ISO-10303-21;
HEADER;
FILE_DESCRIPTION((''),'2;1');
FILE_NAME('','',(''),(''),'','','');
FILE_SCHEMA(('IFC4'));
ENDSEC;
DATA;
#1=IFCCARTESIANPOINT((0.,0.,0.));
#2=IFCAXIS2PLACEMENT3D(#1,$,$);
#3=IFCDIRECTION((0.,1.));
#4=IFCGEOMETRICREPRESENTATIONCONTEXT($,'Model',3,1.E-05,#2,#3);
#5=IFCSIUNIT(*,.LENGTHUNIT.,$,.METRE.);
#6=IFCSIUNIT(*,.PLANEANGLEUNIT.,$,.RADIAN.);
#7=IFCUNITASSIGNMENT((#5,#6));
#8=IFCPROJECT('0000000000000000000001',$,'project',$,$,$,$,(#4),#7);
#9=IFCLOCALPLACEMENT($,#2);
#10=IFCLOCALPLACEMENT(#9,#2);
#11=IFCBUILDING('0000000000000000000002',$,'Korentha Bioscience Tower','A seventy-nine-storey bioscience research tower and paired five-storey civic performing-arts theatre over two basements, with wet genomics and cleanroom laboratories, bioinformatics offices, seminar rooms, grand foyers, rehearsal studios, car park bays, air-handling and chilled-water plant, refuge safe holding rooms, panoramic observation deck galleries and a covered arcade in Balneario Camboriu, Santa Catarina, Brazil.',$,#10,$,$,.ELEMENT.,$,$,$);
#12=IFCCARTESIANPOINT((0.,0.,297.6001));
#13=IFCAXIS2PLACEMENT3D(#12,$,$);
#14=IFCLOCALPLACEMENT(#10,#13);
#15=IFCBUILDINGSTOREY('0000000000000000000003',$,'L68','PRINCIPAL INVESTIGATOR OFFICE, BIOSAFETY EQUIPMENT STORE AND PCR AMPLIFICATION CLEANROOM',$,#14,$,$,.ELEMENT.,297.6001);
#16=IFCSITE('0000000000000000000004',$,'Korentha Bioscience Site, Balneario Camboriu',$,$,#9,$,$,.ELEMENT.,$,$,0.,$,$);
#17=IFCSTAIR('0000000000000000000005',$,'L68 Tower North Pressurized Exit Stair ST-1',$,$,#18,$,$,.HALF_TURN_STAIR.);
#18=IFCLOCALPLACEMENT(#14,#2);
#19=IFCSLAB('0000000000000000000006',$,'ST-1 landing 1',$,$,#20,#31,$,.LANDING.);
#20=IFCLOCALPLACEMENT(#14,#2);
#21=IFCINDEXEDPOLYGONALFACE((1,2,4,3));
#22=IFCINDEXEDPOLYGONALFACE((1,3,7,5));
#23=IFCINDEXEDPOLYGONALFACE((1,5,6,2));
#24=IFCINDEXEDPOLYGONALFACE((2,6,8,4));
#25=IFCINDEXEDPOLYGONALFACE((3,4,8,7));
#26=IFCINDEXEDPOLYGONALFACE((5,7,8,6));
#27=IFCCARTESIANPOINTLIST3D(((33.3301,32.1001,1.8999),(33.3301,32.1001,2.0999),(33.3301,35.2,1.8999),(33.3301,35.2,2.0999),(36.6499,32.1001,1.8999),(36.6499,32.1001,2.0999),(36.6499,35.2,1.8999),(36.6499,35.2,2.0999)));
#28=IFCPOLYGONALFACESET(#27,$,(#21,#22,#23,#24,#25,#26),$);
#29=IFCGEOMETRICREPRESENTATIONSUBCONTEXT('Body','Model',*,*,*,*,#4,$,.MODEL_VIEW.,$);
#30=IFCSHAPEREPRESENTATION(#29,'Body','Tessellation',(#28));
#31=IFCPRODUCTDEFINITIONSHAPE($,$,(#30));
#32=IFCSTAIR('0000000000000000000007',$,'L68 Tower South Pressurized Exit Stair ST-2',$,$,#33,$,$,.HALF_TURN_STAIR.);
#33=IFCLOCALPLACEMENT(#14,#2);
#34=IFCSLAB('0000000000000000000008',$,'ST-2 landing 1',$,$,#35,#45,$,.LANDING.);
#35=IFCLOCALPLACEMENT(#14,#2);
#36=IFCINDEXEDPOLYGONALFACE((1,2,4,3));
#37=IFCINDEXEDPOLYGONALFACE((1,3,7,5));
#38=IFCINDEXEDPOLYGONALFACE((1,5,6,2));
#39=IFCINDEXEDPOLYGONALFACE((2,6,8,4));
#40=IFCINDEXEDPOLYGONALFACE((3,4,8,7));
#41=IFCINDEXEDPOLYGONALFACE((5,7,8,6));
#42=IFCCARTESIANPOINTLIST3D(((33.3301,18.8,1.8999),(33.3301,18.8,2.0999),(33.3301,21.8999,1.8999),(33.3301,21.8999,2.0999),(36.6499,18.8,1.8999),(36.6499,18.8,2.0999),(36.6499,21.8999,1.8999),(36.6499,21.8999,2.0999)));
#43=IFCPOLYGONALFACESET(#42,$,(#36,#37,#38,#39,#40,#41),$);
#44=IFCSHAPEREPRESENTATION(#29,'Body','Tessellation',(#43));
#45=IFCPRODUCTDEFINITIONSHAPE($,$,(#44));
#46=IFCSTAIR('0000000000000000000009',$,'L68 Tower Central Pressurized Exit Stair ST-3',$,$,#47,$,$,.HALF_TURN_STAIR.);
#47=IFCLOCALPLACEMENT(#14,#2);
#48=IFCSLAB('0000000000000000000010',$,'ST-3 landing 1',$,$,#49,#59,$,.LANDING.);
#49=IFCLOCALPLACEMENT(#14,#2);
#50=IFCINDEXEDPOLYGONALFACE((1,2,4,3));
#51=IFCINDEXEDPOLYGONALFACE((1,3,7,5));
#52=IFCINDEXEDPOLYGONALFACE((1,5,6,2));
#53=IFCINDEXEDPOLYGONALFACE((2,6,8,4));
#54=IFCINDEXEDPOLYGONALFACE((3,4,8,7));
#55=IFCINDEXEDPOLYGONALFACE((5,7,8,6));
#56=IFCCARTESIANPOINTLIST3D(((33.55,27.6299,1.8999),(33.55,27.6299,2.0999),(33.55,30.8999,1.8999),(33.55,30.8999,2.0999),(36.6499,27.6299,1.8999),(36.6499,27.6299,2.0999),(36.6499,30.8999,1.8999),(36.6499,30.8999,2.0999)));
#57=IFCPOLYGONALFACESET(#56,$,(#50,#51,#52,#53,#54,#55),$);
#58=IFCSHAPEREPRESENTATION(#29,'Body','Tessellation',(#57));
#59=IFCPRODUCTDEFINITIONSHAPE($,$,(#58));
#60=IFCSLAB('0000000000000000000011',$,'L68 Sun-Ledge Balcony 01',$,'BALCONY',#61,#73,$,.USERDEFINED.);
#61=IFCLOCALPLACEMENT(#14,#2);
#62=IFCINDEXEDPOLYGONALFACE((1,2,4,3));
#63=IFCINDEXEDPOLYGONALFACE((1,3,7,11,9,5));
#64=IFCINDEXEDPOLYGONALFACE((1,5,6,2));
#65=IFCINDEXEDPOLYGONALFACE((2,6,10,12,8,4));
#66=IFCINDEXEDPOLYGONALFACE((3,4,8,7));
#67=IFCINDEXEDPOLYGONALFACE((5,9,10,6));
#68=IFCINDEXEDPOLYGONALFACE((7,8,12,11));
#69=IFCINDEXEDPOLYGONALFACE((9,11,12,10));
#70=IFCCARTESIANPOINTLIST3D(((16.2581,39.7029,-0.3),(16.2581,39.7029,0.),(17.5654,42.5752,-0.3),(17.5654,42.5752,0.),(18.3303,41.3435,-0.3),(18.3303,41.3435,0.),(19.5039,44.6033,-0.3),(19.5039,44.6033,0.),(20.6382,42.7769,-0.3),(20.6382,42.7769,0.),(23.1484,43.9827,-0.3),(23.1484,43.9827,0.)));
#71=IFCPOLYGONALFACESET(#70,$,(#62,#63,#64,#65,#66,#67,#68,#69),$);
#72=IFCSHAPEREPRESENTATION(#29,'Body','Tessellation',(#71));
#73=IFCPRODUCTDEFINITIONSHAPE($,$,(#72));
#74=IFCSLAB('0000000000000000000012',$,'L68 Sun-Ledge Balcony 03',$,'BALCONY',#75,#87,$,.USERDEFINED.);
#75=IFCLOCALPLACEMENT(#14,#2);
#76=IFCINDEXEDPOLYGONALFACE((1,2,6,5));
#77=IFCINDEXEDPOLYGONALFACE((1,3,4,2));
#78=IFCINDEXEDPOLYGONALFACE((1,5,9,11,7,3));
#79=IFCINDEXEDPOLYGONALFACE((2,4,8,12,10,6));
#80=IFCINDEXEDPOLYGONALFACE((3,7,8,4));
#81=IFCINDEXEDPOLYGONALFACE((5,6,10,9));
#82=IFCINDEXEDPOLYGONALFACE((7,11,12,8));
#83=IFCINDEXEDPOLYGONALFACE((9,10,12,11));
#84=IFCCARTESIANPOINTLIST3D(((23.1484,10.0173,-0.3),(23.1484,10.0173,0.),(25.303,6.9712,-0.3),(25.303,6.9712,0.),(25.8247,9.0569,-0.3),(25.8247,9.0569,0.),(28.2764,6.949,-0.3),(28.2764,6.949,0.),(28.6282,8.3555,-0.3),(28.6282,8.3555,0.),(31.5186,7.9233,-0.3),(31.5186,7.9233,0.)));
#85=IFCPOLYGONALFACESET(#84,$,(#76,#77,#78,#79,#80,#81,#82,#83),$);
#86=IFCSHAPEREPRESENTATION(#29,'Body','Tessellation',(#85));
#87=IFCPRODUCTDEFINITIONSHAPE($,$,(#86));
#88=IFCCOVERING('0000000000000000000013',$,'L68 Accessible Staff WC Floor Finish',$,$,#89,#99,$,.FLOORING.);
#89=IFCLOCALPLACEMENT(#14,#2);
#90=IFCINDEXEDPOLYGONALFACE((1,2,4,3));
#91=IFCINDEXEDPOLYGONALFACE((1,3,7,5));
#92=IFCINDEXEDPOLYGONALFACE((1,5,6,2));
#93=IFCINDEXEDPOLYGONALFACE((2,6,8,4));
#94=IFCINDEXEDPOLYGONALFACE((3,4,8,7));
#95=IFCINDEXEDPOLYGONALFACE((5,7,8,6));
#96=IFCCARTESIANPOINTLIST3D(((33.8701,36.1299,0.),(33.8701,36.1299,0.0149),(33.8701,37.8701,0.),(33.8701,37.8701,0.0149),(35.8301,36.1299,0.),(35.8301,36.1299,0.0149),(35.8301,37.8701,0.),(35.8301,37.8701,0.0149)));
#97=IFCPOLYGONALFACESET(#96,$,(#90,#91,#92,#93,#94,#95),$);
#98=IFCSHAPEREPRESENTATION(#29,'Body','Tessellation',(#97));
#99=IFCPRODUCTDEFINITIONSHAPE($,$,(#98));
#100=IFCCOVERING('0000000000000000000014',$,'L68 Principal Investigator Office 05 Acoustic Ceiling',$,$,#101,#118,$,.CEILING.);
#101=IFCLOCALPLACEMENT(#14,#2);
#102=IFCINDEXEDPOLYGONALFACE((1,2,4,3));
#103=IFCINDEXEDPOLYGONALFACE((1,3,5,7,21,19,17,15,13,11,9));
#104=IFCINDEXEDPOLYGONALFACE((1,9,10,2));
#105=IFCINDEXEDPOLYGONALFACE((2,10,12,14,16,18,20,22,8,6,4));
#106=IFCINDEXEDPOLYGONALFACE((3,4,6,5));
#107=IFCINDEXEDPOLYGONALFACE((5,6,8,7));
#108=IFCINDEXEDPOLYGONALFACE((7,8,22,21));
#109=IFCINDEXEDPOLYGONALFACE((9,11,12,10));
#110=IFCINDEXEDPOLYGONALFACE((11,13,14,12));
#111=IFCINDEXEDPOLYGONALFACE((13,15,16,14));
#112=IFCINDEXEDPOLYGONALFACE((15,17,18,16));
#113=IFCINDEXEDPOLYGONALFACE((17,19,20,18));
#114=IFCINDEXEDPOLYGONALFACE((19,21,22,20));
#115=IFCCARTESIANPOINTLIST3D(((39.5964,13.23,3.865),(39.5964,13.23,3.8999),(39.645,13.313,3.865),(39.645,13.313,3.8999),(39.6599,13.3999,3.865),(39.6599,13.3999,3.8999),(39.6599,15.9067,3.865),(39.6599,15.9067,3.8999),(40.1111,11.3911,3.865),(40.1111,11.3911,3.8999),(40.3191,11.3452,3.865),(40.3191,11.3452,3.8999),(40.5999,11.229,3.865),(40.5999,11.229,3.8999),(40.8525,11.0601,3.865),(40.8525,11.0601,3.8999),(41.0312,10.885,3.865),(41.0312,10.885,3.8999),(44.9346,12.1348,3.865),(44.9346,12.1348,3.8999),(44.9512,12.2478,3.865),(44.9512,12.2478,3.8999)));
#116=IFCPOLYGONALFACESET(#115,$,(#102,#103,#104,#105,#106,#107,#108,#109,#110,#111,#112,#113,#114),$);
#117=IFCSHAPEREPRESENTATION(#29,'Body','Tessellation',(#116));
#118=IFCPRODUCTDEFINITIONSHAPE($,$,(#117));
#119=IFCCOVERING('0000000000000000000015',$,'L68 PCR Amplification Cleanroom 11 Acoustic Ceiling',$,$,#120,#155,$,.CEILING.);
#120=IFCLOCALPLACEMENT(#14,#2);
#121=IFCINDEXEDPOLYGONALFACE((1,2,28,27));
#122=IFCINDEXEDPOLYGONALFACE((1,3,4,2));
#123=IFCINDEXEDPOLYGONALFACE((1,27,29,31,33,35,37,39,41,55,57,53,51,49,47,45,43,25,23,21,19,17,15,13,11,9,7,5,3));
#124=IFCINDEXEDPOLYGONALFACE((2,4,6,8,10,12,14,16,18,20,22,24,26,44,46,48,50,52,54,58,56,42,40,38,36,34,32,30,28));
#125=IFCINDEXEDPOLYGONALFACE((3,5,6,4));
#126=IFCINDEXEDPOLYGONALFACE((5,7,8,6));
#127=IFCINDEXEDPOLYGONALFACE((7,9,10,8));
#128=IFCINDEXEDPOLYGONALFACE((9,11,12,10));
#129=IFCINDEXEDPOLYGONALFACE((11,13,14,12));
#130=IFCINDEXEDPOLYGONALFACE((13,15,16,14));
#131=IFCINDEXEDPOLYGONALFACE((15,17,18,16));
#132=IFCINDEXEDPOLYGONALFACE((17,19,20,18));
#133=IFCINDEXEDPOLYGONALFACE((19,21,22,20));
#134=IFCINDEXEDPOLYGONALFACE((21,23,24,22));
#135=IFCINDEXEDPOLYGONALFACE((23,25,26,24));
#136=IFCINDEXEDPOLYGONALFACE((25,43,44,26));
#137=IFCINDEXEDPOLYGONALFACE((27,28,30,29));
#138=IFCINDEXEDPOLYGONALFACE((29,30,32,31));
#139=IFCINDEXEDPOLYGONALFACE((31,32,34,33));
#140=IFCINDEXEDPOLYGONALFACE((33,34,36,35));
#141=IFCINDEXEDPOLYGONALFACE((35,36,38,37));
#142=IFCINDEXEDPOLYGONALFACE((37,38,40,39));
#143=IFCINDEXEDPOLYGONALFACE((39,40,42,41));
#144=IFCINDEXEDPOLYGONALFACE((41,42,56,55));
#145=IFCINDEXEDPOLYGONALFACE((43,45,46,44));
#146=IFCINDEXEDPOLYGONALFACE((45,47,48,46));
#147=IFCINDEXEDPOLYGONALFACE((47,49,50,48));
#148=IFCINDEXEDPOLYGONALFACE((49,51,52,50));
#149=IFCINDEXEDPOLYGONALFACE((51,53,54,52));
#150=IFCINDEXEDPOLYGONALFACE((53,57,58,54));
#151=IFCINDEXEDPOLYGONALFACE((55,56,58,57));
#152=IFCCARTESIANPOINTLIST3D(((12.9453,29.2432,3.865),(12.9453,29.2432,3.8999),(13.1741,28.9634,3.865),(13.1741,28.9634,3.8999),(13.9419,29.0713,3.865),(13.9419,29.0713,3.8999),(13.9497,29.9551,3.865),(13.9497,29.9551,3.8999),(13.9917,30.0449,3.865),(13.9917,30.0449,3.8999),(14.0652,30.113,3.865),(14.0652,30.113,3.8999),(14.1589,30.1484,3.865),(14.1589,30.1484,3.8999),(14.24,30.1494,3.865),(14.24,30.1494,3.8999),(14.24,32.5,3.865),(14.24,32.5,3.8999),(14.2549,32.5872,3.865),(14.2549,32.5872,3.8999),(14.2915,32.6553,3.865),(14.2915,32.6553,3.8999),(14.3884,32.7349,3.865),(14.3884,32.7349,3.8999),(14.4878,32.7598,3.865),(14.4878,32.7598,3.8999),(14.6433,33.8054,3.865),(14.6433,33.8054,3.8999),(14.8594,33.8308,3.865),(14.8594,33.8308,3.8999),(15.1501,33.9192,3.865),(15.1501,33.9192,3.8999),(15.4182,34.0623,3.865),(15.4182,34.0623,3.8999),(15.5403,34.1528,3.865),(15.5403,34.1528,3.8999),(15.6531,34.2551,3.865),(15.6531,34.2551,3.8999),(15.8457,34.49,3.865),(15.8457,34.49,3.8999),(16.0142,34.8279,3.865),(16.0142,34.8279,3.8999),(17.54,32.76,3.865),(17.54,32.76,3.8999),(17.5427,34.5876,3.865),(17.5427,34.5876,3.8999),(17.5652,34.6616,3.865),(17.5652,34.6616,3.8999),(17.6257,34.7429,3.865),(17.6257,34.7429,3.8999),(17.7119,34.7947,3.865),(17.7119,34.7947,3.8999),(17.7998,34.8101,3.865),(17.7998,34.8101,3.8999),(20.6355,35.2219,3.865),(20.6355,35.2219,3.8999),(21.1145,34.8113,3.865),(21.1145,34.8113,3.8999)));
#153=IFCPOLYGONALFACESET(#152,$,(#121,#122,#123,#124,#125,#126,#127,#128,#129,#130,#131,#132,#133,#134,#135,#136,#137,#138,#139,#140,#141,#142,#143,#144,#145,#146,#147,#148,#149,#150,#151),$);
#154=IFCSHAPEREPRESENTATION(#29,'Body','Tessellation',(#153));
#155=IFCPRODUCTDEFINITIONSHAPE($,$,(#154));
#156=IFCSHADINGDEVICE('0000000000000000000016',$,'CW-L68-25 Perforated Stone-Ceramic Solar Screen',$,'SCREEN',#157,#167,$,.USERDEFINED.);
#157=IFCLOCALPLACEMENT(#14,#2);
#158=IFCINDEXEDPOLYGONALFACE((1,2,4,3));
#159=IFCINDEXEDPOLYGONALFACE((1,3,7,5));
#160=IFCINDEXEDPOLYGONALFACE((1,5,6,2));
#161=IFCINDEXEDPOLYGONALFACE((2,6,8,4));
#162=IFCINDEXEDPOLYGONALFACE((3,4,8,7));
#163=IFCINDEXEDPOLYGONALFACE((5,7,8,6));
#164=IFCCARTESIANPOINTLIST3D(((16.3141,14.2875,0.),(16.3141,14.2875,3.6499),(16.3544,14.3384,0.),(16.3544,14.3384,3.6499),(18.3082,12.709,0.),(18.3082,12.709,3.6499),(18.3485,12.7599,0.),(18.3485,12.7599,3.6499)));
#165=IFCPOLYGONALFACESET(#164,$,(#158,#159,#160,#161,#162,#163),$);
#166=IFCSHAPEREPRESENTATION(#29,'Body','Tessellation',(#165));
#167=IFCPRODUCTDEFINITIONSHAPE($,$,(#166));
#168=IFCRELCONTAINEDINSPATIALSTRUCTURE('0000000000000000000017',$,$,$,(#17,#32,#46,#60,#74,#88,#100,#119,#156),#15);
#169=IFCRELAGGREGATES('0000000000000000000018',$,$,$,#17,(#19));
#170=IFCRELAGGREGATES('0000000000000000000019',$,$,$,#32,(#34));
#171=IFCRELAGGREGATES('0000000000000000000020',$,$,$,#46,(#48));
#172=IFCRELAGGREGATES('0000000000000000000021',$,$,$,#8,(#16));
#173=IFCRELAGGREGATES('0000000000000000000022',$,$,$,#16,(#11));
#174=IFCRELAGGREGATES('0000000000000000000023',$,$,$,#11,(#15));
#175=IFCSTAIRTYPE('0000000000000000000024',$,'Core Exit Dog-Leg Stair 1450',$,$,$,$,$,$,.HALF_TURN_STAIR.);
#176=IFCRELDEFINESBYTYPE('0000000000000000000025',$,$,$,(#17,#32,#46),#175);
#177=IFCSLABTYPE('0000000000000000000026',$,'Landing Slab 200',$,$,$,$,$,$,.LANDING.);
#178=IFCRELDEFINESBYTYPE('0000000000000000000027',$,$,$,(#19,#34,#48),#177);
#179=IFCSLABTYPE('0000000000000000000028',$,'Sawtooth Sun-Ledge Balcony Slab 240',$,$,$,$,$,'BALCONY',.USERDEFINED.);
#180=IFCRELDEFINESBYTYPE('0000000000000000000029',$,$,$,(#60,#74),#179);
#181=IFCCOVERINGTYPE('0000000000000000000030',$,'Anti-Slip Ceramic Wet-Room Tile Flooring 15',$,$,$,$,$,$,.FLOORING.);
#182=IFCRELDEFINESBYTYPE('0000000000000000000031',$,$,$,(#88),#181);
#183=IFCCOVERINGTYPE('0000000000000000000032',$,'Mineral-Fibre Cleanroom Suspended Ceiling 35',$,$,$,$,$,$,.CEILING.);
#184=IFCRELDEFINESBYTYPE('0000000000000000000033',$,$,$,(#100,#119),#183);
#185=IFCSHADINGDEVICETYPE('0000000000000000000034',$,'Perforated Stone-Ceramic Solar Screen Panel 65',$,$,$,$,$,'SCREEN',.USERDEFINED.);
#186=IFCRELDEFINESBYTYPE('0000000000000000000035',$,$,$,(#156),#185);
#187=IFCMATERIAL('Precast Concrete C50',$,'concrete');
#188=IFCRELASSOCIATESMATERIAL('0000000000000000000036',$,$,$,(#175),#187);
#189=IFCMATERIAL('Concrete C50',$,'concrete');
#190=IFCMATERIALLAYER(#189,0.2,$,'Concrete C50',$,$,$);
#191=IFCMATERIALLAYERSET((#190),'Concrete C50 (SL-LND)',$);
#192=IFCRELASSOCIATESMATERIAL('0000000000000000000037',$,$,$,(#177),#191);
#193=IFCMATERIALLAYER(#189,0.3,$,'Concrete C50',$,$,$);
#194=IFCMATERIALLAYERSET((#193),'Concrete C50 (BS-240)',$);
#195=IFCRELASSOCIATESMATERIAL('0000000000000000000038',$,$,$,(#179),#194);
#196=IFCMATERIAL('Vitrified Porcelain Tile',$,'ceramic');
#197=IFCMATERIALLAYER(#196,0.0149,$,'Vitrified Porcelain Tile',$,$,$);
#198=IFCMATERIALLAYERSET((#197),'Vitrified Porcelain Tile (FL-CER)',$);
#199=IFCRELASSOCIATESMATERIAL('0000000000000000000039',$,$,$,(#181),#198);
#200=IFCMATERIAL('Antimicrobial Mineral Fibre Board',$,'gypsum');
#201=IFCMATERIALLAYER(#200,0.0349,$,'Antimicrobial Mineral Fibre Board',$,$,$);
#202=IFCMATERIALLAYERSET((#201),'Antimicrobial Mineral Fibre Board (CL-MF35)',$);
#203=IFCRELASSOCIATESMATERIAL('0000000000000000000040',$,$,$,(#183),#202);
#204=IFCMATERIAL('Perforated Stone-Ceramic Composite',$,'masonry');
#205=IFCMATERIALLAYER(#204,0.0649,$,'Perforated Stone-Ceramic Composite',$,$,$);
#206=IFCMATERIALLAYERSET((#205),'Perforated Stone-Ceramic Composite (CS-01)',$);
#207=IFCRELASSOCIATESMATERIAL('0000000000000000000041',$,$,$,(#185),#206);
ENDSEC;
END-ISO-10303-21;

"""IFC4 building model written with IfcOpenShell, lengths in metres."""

from ifc_helpers import new_model, si_unit, direction, frame, origin, origin_2d, place, context, subcontext, project, spatial, polyline, rectangle, outline, extrude, material, layer, layer_set, type_object, element, aggregate, save


model = new_model("IFC4")

# Units and contexts
model_context = context("Model", 3, precision=1e-05, world=origin(), true_north=direction((0.0, 1.0)))
body_context = subcontext(model_context, "Body", "Model", "MODEL_VIEW")
ifc_project = project(units=[si_unit("LENGTHUNIT", "METRE"), si_unit("PLANEANGLEUNIT", "RADIAN")], contexts=[model_context])

# Site, building, storey
site_placement = place(None, origin())
site = spatial("IfcSite", under=ifc_project, at=site_placement, Name="Korentha Bioscience Site, Balneario Camboriu", CompositionType="ELEMENT", RefElevation=0.0)
building_placement = place(site_placement, origin())
building = spatial("IfcBuilding", under=site, at=building_placement, Name="Korentha Bioscience Tower", Description="A seventy-nine-storey bioscience research tower and paired five-storey civic performing-arts theatre over two basements, with wet genomics and cleanroom laboratories, bioinformatics offices, seminar rooms, grand foyers, rehearsal studios, car park bays, air-handling and chilled-water plant, refuge safe holding rooms, panoramic observation deck galleries and a covered arcade in Balneario Camboriu, Santa Catarina, Brazil.", CompositionType="ELEMENT")
storey_placement = place(building_placement, frame((0.0, 0.0, 297.6001)))
storey = spatial("IfcBuildingStorey", under=building, at=storey_placement, Name="L68", Description="PRINCIPAL INVESTIGATOR OFFICE, BIOSAFETY EQUIPMENT STORE AND PCR AMPLIFICATION CLEANROOM", CompositionType="ELEMENT", Elevation=297.6001)

# Shared definitions
ifc_material_1 = material(Name="Concrete C50", Category="concrete")

# Stairs, slabs
ifc_material_2 = material(Name="Precast Concrete C50", Category="concrete")
stair_type = type_object("IfcStairType", Name="Core Exit Dog-Leg Stair 1450", PredefinedType="HALF_TURN_STAIR", material=ifc_material_2)
stair_1_placement = place(storey_placement, origin())
stair_1 = element("IfcStair", 1, at=stair_1_placement, inside=storey, type_object=stair_type, Name="L68 Tower North Pressurized Exit Stair ST-1", PredefinedType="HALF_TURN_STAIR")
ifc_layer_1 = layer(ifc_material_1, 0.2, Name="Concrete C50")
ifc_layer_set_1 = layer_set([ifc_layer_1], Name="Concrete C50 (SL-LND)")
slab_type_1 = type_object("IfcSlabType", Name="Landing Slab 200", PredefinedType="LANDING", material=ifc_layer_set_1)
slab_1_placement = place(storey_placement, frame((0.0, 0.0, 1.8999)))
slab_1 = element("IfcSlab", 2, at=slab_1_placement, type_object=slab_type_1, Name="ST-1 landing 1", PredefinedType="LANDING", context=body_context, shape_type="SweptSolid", body=[
    extrude(outline(polyline([(33.3301, 32.1001), (36.6499, 32.1001), (36.6499, 35.2), (33.3301, 35.2), (33.3301, 32.1001)])), origin(), (0.0, 0.0, 1.0), 0.2),
])
aggregate(stair_1, [slab_1])
stair_2_placement = place(storey_placement, origin())
stair_2 = element("IfcStair", 3, at=stair_2_placement, inside=storey, type_object=stair_type, Name="L68 Tower South Pressurized Exit Stair ST-2", PredefinedType="HALF_TURN_STAIR")
slab_2_placement = place(storey_placement, frame((0.0, 0.0, 1.8999)))
slab_2 = element("IfcSlab", 4, at=slab_2_placement, type_object=slab_type_1, Name="ST-2 landing 1", PredefinedType="LANDING", context=body_context, shape_type="SweptSolid", body=[
    extrude(outline(polyline([(33.3301, 18.8), (36.6499, 18.8), (36.6499, 21.8999), (33.3301, 21.8999), (33.3301, 18.8)])), origin(), (0.0, 0.0, 1.0), 0.2),
])
aggregate(stair_2, [slab_2])
stair_3_placement = place(storey_placement, origin())
stair_3 = element("IfcStair", 5, at=stair_3_placement, inside=storey, type_object=stair_type, Name="L68 Tower Central Pressurized Exit Stair ST-3", PredefinedType="HALF_TURN_STAIR")
slab_3_placement = place(storey_placement, frame((0.0, 0.0, 1.8999)))
slab_3 = element("IfcSlab", 6, at=slab_3_placement, type_object=slab_type_1, Name="ST-3 landing 1", PredefinedType="LANDING", context=body_context, shape_type="SweptSolid", body=[
    extrude(outline(polyline([(36.6499, 27.6299), (36.6499, 30.8999), (33.55, 30.8999), (33.55, 27.6299), (36.6499, 27.6299)])), origin(), (0.0, 0.0, 1.0), 0.2),
])
aggregate(stair_3, [slab_3])

# Slabs
ifc_layer_2 = layer(ifc_material_1, 0.3, Name="Concrete C50")
ifc_layer_set_2 = layer_set([ifc_layer_2], Name="Concrete C50 (BS-240)")
slab_type_2 = type_object("IfcSlabType", Name="Sawtooth Sun-Ledge Balcony Slab 240", ElementType="BALCONY", PredefinedType="USERDEFINED", material=ifc_layer_set_2)
slab_4_placement = place(storey_placement, frame((0.0, 0.0, -0.3)))
element("IfcSlab", 7, at=slab_4_placement, inside=storey, type_object=slab_type_2, Name="L68 Sun-Ledge Balcony 01", ObjectType="BALCONY", PredefinedType="USERDEFINED", context=body_context, shape_type="SweptSolid", body=[
    extrude(outline(polyline([(16.2581, 39.7029), (18.3303, 41.3435), (20.6382, 42.7769), (23.1484, 43.9827), (19.5039, 44.6033), (17.5654, 42.5752), (16.2581, 39.7029)])), origin(), (0.0, 0.0, 1.0), 0.3),
])
slab_5_placement = place(storey_placement, frame((0.0, 0.0, -0.3)))
element("IfcSlab", 8, at=slab_5_placement, inside=storey, type_object=slab_type_2, Name="L68 Sun-Ledge Balcony 03", ObjectType="BALCONY", PredefinedType="USERDEFINED", context=body_context, shape_type="SweptSolid", body=[
    extrude(outline(polyline([(31.5186, 7.9233), (28.6282, 8.3555), (25.8247, 9.0569), (23.1484, 10.0173), (25.303, 6.9712), (28.2764, 6.949), (31.5186, 7.9233)])), origin(), (0.0, 0.0, 1.0), 0.3),
])

# Coverings
ifc_material_3 = material(Name="Vitrified Porcelain Tile", Category="ceramic")
ifc_layer_3 = layer(ifc_material_3, 0.0149, Name="Vitrified Porcelain Tile")
ifc_layer_set_3 = layer_set([ifc_layer_3], Name="Vitrified Porcelain Tile (FL-CER)")
covering_type_1 = type_object("IfcCoveringType", Name="Anti-Slip Ceramic Wet-Room Tile Flooring 15", PredefinedType="FLOORING", material=ifc_layer_set_3)
covering_1_placement = place(storey_placement, origin())
element("IfcCovering", 9, at=covering_1_placement, inside=storey, type_object=covering_type_1, Name="L68 Accessible Staff WC Floor Finish", PredefinedType="FLOORING", context=body_context, shape_type="SweptSolid", body=[
    extrude(outline(polyline([(33.8701, 36.1299), (33.8701, 37.8701), (35.8301, 37.8701), (35.8301, 36.1299), (33.8701, 36.1299)])), origin(), (0.0, 0.0, 1.0), 0.0149),
])
ifc_material_4 = material(Name="Antimicrobial Mineral Fibre Board", Category="gypsum")
ifc_layer_4 = layer(ifc_material_4, 0.0349, Name="Antimicrobial Mineral Fibre Board")
ifc_layer_set_4 = layer_set([ifc_layer_4], Name="Antimicrobial Mineral Fibre Board (CL-MF35)")
covering_type_2 = type_object("IfcCoveringType", Name="Mineral-Fibre Cleanroom Suspended Ceiling 35", PredefinedType="CEILING", material=ifc_layer_set_4)
covering_2_placement = place(storey_placement, frame((0.0, 0.0, 3.865)))
element("IfcCovering", 10, at=covering_2_placement, inside=storey, type_object=covering_type_2, Name="L68 Principal Investigator Office 05 Acoustic Ceiling", PredefinedType="CEILING", context=body_context, shape_type="SweptSolid", body=[
    extrude(outline(polyline([(39.5964, 13.23), (39.645, 13.313), (39.6599, 13.3999), (39.6599, 15.9067), (44.9512, 12.2478), (44.9346, 12.1348), (41.0312, 10.885), (40.8525, 11.0601), (40.5999, 11.229), (40.3191, 11.3452), (40.1111, 11.3911), (39.5964, 13.23)])), origin(), (0.0, 0.0, 1.0), 0.0349),
])
covering_3_placement = place(storey_placement, frame((0.0, 0.0, 3.865)))
element("IfcCovering", 11, at=covering_3_placement, inside=storey, type_object=covering_type_2, Name="L68 PCR Amplification Cleanroom 11 Acoustic Ceiling", PredefinedType="CEILING", context=body_context, shape_type="SweptSolid", body=[
    extrude(outline(polyline([(17.7998, 34.8101), (17.7119, 34.7947), (17.6257, 34.7429), (17.5652, 34.6616), (17.5427, 34.5876), (17.54, 32.76), (14.4878, 32.7598), (14.3884, 32.7349), (14.2915, 32.6553), (14.2549, 32.5872), (14.24, 32.5), (14.24, 30.1494), (14.1589, 30.1484), (14.0652, 30.113), (13.9917, 30.0449), (13.9497, 29.9551), (13.9419, 29.0713), (13.1741, 28.9634), (12.9453, 29.2432), (14.6433, 33.8054), (14.8594, 33.8308), (15.1501, 33.9192), (15.4182, 34.0623), (15.5403, 34.1528), (15.6531, 34.2551), (15.8457, 34.49), (16.0142, 34.8279), (20.6355, 35.2219), (21.1145, 34.8113), (17.7998, 34.8101)])), origin(), (0.0, 0.0, 1.0), 0.0349),
])

# Shading device
ifc_material_5 = material(Name="Perforated Stone-Ceramic Composite", Category="masonry")
ifc_layer_5 = layer(ifc_material_5, 0.0649, Name="Perforated Stone-Ceramic Composite")
ifc_layer_set_5 = layer_set([ifc_layer_5], Name="Perforated Stone-Ceramic Composite (CS-01)")
shading_device_type_1 = type_object("IfcShadingDeviceType", Name="Perforated Stone-Ceramic Solar Screen Panel 65", ElementType="SCREEN", PredefinedType="USERDEFINED", material=ifc_layer_set_5)
shading_device_1_placement = place(storey_placement, frame((17.3313, 13.5237, 0.0), z_axis=(0.0, 0.0, 1.0), x_axis=(0.784076, -0.620665, 0.0)))
element("IfcShadingDevice", 12, at=shading_device_1_placement, inside=storey, type_object=shading_device_type_1, Name="CW-L68-25 Perforated Stone-Ceramic Solar Screen", ObjectType="SCREEN", PredefinedType="USERDEFINED", context=body_context, shape_type="SweptSolid", body=[
    extrude(rectangle(XDim=2.5432, YDim=0.0649, at=origin_2d()), origin(), (0.0, 0.0, 1.0), 3.6499),
])

save(model, "model.ifc")
